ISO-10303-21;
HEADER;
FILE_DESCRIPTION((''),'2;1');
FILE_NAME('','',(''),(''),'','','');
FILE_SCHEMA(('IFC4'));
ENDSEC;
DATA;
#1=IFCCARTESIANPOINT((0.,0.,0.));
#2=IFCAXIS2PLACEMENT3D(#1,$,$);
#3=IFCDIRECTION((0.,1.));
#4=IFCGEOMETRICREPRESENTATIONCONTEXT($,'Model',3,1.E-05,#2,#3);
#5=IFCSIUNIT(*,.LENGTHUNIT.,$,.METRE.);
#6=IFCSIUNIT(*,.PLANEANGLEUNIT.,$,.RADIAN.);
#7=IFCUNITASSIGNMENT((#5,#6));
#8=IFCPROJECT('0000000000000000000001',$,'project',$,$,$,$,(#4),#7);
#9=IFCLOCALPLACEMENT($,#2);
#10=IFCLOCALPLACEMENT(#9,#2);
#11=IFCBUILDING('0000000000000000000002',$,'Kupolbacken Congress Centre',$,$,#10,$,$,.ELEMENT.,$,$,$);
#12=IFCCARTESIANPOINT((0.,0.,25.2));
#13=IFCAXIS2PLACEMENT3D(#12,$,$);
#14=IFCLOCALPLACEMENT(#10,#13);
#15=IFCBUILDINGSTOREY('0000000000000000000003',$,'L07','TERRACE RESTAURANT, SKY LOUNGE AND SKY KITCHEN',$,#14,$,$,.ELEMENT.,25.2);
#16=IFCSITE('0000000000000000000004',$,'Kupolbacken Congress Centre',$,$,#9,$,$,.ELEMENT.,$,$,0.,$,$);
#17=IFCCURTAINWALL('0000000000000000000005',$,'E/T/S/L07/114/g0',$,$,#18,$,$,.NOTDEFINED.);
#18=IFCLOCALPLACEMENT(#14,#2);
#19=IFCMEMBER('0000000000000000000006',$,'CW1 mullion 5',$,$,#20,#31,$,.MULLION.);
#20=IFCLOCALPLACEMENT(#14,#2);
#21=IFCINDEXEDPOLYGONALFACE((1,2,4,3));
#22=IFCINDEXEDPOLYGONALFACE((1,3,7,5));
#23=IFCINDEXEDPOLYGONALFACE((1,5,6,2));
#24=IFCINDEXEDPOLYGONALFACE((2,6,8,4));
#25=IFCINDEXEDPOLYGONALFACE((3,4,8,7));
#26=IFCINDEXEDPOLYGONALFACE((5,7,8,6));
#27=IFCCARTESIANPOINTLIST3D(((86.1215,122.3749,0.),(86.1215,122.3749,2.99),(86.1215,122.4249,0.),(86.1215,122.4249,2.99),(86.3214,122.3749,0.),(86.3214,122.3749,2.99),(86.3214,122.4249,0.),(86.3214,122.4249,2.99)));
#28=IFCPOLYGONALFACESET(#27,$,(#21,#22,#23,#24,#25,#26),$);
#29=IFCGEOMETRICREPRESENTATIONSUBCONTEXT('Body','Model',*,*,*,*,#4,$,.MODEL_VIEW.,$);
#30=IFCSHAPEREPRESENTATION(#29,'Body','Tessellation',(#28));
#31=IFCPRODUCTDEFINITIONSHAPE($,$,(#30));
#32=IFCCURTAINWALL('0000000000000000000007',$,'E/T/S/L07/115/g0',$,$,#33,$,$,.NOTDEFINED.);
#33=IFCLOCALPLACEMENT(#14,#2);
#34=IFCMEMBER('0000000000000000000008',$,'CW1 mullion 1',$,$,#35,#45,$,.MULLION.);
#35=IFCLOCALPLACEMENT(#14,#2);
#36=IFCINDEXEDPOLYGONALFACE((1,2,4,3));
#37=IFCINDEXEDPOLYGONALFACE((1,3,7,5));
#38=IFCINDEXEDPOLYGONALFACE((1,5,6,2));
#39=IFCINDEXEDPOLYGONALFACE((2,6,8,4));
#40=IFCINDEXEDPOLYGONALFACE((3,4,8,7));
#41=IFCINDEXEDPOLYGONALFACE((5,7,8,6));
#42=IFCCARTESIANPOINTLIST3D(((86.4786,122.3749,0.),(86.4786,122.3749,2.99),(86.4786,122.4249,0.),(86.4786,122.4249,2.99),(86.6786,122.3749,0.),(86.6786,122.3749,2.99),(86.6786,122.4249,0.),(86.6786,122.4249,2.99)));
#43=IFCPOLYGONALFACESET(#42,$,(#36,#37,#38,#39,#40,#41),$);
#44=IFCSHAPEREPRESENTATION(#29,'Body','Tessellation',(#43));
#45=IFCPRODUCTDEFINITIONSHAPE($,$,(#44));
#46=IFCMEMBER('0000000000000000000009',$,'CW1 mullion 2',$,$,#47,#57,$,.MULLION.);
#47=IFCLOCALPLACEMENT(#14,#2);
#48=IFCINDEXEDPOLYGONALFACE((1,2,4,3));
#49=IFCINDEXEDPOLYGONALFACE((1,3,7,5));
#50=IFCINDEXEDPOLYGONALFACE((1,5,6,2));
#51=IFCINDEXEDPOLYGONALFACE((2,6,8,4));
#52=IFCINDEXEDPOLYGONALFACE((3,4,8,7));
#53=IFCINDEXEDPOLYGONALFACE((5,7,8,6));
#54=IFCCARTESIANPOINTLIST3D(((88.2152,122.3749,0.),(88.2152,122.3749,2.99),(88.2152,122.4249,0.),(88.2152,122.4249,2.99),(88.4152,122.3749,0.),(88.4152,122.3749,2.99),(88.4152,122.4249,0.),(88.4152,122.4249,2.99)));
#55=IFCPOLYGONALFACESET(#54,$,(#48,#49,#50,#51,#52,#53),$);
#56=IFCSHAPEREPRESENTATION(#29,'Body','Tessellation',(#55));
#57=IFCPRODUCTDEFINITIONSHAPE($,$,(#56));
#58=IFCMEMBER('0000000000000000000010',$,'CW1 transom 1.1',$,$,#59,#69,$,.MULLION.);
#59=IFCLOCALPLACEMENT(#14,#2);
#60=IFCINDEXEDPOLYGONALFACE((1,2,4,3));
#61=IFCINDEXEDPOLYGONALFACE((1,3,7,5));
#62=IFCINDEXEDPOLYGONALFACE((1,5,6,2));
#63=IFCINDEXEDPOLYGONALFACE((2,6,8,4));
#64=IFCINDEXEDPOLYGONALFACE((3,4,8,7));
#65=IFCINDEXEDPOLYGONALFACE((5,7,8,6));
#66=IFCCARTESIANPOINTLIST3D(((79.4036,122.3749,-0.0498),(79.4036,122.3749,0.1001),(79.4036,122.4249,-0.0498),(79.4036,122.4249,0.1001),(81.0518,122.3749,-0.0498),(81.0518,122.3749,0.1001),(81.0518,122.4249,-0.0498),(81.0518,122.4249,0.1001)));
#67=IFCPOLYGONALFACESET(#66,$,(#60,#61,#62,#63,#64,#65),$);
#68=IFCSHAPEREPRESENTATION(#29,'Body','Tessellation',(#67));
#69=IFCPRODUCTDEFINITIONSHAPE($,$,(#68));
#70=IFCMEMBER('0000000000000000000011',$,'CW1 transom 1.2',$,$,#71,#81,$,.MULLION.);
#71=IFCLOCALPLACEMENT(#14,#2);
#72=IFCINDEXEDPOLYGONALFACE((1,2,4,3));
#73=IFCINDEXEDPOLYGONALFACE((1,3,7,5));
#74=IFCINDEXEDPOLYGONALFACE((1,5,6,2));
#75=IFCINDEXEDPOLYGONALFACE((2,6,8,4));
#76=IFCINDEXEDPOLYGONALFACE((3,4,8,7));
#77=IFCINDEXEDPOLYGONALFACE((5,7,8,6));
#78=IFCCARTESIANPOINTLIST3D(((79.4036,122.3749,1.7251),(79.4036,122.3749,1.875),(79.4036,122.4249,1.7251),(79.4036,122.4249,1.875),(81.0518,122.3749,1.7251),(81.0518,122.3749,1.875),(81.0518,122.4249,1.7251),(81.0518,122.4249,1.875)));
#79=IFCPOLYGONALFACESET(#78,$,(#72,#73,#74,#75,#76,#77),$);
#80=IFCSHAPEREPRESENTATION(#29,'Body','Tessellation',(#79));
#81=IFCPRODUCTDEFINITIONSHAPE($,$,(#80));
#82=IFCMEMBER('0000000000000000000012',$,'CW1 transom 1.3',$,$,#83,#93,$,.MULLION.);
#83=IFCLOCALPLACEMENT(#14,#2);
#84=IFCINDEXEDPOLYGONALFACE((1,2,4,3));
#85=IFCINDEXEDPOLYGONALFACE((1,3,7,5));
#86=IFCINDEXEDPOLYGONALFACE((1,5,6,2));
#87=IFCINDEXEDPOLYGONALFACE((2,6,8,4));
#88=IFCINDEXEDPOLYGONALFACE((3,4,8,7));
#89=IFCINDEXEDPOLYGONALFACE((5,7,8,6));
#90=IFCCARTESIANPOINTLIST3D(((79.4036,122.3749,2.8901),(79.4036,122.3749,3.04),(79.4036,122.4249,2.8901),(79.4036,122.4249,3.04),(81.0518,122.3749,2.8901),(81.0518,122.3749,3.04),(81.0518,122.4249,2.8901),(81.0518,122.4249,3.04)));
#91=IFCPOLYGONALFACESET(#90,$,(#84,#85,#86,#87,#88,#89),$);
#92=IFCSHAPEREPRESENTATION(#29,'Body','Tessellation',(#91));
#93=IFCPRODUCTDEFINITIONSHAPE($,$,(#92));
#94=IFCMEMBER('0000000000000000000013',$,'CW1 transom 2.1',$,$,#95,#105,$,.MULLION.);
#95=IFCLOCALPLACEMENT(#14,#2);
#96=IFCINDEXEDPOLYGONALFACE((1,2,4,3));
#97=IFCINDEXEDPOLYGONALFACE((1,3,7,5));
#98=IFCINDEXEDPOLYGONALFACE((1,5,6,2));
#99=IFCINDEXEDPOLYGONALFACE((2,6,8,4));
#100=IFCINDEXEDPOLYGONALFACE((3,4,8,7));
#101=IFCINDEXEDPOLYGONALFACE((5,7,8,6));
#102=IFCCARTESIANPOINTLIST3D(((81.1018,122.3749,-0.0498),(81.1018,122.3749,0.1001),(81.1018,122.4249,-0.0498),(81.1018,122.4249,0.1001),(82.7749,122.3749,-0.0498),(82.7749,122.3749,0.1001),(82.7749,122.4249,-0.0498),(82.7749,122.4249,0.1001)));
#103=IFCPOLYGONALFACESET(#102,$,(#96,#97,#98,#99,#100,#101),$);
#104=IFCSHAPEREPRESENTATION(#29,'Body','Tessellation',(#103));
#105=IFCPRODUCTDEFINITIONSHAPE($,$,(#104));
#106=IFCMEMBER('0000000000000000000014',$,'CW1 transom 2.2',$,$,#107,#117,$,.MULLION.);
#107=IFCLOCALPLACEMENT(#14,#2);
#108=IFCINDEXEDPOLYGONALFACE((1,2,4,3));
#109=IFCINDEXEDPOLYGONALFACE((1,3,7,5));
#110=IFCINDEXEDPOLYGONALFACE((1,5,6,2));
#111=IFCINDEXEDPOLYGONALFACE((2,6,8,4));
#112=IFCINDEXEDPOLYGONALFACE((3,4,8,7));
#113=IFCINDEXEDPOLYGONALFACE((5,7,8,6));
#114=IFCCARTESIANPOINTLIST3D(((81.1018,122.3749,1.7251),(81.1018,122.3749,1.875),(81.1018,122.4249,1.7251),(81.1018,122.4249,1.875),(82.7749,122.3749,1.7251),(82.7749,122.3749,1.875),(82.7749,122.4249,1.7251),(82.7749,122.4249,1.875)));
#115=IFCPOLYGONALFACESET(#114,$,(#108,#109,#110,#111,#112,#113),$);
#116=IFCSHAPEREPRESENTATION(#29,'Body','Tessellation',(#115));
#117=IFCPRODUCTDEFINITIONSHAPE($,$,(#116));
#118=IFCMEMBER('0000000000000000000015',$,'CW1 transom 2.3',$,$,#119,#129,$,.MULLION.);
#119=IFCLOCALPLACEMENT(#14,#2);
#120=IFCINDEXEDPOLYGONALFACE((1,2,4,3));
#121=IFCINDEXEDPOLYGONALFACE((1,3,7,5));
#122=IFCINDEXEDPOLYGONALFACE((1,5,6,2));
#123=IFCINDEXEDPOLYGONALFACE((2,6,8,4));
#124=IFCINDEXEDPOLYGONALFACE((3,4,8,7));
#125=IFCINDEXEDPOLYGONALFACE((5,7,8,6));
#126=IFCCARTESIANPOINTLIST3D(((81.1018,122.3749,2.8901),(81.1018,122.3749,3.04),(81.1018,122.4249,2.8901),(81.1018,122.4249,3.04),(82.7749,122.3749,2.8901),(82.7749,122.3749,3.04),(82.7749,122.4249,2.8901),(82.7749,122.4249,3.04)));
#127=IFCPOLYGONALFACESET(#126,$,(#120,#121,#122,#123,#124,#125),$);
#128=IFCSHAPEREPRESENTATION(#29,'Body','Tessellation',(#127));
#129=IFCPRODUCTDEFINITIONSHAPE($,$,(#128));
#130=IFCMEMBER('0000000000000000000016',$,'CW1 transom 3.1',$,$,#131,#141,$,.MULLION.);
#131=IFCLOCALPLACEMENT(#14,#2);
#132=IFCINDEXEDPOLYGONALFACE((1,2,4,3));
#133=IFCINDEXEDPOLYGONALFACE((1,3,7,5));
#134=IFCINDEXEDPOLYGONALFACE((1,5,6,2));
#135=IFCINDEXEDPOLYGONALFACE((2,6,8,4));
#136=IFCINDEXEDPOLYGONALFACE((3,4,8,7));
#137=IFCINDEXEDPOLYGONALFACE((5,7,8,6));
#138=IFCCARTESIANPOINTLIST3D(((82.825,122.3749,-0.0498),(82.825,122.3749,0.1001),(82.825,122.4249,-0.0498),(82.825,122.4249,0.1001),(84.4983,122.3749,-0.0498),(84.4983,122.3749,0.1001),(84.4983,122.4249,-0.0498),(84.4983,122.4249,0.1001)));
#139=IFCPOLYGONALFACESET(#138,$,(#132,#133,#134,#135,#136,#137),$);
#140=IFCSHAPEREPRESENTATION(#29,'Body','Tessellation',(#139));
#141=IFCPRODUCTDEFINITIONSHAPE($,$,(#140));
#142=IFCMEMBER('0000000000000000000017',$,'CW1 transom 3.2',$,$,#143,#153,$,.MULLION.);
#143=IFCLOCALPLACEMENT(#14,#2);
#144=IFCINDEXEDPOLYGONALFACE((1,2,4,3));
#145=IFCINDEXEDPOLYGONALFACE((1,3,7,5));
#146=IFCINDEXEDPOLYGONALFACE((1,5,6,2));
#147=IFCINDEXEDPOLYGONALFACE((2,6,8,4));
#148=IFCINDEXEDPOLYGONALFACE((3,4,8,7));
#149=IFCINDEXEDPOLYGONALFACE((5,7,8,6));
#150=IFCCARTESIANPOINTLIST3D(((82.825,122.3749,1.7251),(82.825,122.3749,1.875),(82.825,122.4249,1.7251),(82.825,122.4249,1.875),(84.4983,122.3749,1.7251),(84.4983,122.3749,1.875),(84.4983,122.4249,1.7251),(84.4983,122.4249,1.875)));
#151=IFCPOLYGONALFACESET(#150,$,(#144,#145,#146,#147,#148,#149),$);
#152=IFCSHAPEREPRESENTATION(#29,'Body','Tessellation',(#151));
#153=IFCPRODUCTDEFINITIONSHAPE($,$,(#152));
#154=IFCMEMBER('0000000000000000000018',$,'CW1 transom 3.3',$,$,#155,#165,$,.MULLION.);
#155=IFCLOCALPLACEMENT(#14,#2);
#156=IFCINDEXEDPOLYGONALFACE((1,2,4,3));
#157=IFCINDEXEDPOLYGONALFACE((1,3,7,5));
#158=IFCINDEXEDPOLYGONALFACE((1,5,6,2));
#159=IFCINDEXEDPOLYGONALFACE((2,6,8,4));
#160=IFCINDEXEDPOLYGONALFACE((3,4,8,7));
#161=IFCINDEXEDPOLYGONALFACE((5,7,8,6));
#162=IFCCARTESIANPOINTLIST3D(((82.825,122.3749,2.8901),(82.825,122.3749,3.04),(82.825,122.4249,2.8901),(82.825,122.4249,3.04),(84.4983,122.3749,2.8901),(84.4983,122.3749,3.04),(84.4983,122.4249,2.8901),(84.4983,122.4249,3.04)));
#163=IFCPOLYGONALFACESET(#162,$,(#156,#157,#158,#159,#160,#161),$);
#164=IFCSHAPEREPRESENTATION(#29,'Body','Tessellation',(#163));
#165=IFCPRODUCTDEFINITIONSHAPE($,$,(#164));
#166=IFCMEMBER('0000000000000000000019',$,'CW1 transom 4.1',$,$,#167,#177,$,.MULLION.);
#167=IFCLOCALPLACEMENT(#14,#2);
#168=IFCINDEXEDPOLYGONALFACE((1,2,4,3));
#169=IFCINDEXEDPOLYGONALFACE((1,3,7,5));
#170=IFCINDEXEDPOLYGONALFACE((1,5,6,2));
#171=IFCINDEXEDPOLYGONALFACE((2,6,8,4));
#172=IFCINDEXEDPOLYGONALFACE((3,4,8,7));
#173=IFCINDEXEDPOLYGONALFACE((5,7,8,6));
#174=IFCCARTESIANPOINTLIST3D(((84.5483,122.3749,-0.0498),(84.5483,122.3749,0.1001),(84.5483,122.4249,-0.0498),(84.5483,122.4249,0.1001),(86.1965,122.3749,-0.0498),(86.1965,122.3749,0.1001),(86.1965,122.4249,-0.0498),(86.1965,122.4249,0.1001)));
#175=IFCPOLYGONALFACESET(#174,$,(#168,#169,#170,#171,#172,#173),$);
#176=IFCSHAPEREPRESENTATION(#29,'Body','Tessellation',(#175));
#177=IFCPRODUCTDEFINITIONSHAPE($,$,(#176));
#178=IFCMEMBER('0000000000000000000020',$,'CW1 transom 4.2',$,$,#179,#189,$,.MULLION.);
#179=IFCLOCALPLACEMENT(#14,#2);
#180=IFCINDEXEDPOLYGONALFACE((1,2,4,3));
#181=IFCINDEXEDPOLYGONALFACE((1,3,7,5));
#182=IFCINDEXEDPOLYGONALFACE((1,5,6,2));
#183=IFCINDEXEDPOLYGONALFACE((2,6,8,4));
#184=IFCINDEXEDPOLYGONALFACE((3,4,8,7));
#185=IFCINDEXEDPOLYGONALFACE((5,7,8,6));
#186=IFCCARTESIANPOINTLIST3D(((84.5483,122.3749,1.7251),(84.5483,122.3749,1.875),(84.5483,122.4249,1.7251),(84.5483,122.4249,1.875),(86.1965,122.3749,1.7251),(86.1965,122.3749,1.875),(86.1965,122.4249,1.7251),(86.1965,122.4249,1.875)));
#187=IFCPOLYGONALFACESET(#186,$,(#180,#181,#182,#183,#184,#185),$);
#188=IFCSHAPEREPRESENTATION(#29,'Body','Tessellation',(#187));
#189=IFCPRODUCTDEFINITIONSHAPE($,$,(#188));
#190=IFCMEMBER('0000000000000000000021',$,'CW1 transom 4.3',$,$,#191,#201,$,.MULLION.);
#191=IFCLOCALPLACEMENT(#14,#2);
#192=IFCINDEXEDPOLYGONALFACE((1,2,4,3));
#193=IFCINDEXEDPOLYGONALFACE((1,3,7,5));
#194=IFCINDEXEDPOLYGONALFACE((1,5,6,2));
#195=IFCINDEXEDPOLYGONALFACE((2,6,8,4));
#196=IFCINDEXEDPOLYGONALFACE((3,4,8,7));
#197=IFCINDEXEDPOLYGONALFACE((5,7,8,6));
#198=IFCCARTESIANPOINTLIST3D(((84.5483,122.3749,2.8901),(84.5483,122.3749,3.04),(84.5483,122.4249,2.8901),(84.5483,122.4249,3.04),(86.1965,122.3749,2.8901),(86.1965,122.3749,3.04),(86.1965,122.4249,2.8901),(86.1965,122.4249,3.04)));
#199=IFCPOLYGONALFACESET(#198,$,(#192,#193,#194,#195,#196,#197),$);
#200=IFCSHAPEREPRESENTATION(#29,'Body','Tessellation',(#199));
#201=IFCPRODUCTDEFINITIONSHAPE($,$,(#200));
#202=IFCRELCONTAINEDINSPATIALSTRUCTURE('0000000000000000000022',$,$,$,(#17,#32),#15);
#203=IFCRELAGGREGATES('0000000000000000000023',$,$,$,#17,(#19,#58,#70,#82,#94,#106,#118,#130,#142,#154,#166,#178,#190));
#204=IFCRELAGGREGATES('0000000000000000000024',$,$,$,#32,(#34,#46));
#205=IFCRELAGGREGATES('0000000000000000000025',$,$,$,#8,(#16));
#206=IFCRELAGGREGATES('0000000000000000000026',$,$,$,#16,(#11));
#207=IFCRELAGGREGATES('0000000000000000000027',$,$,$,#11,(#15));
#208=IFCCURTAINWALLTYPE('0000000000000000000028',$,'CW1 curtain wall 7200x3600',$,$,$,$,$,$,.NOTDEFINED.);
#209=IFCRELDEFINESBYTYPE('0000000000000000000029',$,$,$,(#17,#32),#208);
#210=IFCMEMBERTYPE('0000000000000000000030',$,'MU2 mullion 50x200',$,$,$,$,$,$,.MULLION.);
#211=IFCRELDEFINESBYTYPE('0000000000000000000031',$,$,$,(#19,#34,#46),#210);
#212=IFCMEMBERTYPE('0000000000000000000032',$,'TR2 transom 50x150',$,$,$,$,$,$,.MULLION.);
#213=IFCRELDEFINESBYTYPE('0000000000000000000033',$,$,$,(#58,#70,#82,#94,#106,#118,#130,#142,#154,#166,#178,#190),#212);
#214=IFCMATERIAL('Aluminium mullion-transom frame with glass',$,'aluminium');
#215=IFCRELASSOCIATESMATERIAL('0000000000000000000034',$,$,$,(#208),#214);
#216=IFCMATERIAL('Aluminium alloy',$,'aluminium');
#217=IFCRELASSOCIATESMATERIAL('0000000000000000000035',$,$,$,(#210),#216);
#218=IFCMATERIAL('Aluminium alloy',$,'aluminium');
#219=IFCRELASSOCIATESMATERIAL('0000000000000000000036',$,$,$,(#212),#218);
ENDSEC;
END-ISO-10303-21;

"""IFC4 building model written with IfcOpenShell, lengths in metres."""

from ifc_helpers import new_model, si_unit, direction, frame, origin, origin_2d, place, context, subcontext, project, spatial, rectangle, extrude, material, material_profile, profile_set, type_object, element, aggregate, save


model = new_model("IFC4")

# Units and contexts
model_context = context("Model", 3, precision=1e-05, world=origin(), true_north=direction((0.0, 1.0)))
body_context = subcontext(model_context, "Body", "Model", "MODEL_VIEW")
ifc_project = project(units=[si_unit("LENGTHUNIT", "METRE"), si_unit("PLANEANGLEUNIT", "RADIAN")], contexts=[model_context])

# Site, building, storey
site_placement = place(None, origin())
site = spatial("IfcSite", under=ifc_project, at=site_placement, Name="Kupolbacken Congress Centre", CompositionType="ELEMENT", RefElevation=0.0)
building_placement = place(site_placement, origin())
building = spatial("IfcBuilding", under=site, at=building_placement, Name="Kupolbacken Congress Centre", CompositionType="ELEMENT")
storey_placement = place(building_placement, frame((0.0, 0.0, 25.2)))
storey = spatial("IfcBuildingStorey", under=building, at=storey_placement, Name="L07", Description="TERRACE RESTAURANT, SKY LOUNGE AND SKY KITCHEN", CompositionType="ELEMENT", Elevation=25.2)

# Curtain walls, members
ifc_material_1 = material(Name="Aluminium mullion-transom frame with glass", Category="aluminium")
curtain_wall_type = type_object("IfcCurtainWallType", Name="CW1 curtain wall 7200x3600", PredefinedType="NOTDEFINED", material=ifc_material_1)
curtain_wall_1_placement = place(storey_placement, origin())
curtain_wall_1 = element("IfcCurtainWall", 1, at=curtain_wall_1_placement, inside=storey, type_object=curtain_wall_type, Name="E/T/S/L07/114/g0", PredefinedType="NOTDEFINED")
ifc_material_2 = material(Name="Aluminium alloy", Category="aluminium")
ifc_material_profile_1 = material_profile(ifc_material_2, rectangle(XDim=0.05, YDim=0.2, at=origin_2d()), Name="50 x 200")
ifc_profile_set_1 = profile_set([ifc_material_profile_1], Name="Aluminium alloy")
member_type_1 = type_object("IfcMemberType", Name="MU2 mullion 50x200", PredefinedType="MULLION", material=ifc_profile_set_1)
member_1_placement = place(storey_placement, frame((86.2214, 122.3999, 0.0), z_axis=(0.0, 0.0, 1.0), x_axis=(0.0, 1.0, 0.0)))
member_1 = element("IfcMember", 2, at=member_1_placement, type_object=member_type_1, Name="CW1 mullion 5", PredefinedType="MULLION", context=body_context, shape_type="SweptSolid", body=[
    extrude(rectangle(XDim=0.05, YDim=0.2, at=origin_2d()), origin(), (0.0, 0.0, 1.0), 2.99),
])
curtain_wall_2_placement = place(storey_placement, origin())
curtain_wall_2 = element("IfcCurtainWall", 3, at=curtain_wall_2_placement, inside=storey, type_object=curtain_wall_type, Name="E/T/S/L07/115/g0", PredefinedType="NOTDEFINED")
member_2_placement = place(storey_placement, frame((86.5786, 122.3999, 0.0), z_axis=(0.0, 0.0, 1.0), x_axis=(0.0, 1.0, 0.0)))
member_2 = element("IfcMember", 4, at=member_2_placement, type_object=member_type_1, Name="CW1 mullion 1", PredefinedType="MULLION", context=body_context, shape_type="SweptSolid", body=[
    extrude(rectangle(XDim=0.05, YDim=0.2, at=origin_2d()), origin(), (0.0, 0.0, 1.0), 2.99),
])
member_3_placement = place(storey_placement, frame((88.3152, 122.3999, 0.0), z_axis=(0.0, 0.0, 1.0), x_axis=(0.0, 1.0, 0.0)))
member_3 = element("IfcMember", 5, at=member_3_placement, type_object=member_type_1, Name="CW1 mullion 2", PredefinedType="MULLION", context=body_context, shape_type="SweptSolid", body=[
    extrude(rectangle(XDim=0.05, YDim=0.2, at=origin_2d()), origin(), (0.0, 0.0, 1.0), 2.99),
])

# Members
ifc_material_3 = material(Name="Aluminium alloy", Category="aluminium")
ifc_material_profile_2 = material_profile(ifc_material_3, rectangle(XDim=0.05, YDim=0.1499, at=origin_2d()), Name="50 x 150")
ifc_profile_set_2 = profile_set([ifc_material_profile_2], Name="Aluminium alloy")
member_type_2 = type_object("IfcMemberType", Name="TR2 transom 50x150", PredefinedType="MULLION", material=ifc_profile_set_2)
member_4_placement = place(storey_placement, frame((79.4036, 122.3999, 0.0251), z_axis=(1.0, 0.0, 0.0), x_axis=(0.0, 1.0, 0.0)))
member_4 = element("IfcMember", 6, at=member_4_placement, type_object=member_type_2, Name="CW1 transom 1.1", PredefinedType="MULLION", context=body_context, shape_type="SweptSolid", body=[
    extrude(rectangle(XDim=0.05, YDim=0.1499, at=origin_2d()), origin(), (0.0, 0.0, 1.0), 1.6482),
])
member_5_placement = place(storey_placement, frame((79.4036, 122.3999, 1.8), z_axis=(1.0, 0.0, 0.0), x_axis=(0.0, 1.0, 0.0)))
member_5 = element("IfcMember", 7, at=member_5_placement, type_object=member_type_2, Name="CW1 transom 1.2", PredefinedType="MULLION", context=body_context, shape_type="SweptSolid", body=[
    extrude(rectangle(XDim=0.05, YDim=0.1499, at=origin_2d()), origin(), (0.0, 0.0, 1.0), 1.6482),
])
member_6_placement = place(storey_placement, frame((79.4036, 122.3999, 2.9651), z_axis=(1.0, 0.0, 0.0), x_axis=(0.0, 1.0, 0.0)))
member_6 = element("IfcMember", 8, at=member_6_placement, type_object=member_type_2, Name="CW1 transom 1.3", PredefinedType="MULLION", context=body_context, shape_type="SweptSolid", body=[
    extrude(rectangle(XDim=0.05, YDim=0.1499, at=origin_2d()), origin(), (0.0, 0.0, 1.0), 1.6482),
])
member_7_placement = place(storey_placement, frame((81.1018, 122.3999, 0.0251), z_axis=(1.0, 0.0, 0.0), x_axis=(0.0, 1.0, 0.0)))
member_7 = element("IfcMember", 9, at=member_7_placement, type_object=member_type_2, Name="CW1 transom 2.1", PredefinedType="MULLION", context=body_context, shape_type="SweptSolid", body=[
    extrude(rectangle(XDim=0.05, YDim=0.1499, at=origin_2d()), origin(), (0.0, 0.0, 1.0), 1.6731),
])
member_8_placement = place(storey_placement, frame((81.1018, 122.3999, 1.8), z_axis=(1.0, 0.0, 0.0), x_axis=(0.0, 1.0, 0.0)))
member_8 = element("IfcMember", 10, at=member_8_placement, type_object=member_type_2, Name="CW1 transom 2.2", PredefinedType="MULLION", context=body_context, shape_type="SweptSolid", body=[
    extrude(rectangle(XDim=0.05, YDim=0.1499, at=origin_2d()), origin(), (0.0, 0.0, 1.0), 1.6731),
])
member_9_placement = place(storey_placement, frame((81.1018, 122.3999, 2.9651), z_axis=(1.0, 0.0, 0.0), x_axis=(0.0, 1.0, 0.0)))
member_9 = element("IfcMember", 11, at=member_9_placement, type_object=member_type_2, Name="CW1 transom 2.3", PredefinedType="MULLION", context=body_context, shape_type="SweptSolid", body=[
    extrude(rectangle(XDim=0.05, YDim=0.1499, at=origin_2d()), origin(), (0.0, 0.0, 1.0), 1.6731),
])
member_10_placement = place(storey_placement, frame((82.825, 122.3999, 0.0251), z_axis=(1.0, 0.0, 0.0), x_axis=(0.0, 1.0, 0.0)))
member_10 = element("IfcMember", 12, at=member_10_placement, type_object=member_type_2, Name="CW1 transom 3.1", PredefinedType="MULLION", context=body_context, shape_type="SweptSolid", body=[
    extrude(rectangle(XDim=0.05, YDim=0.1499, at=origin_2d()), origin(), (0.0, 0.0, 1.0), 1.6733),
])
member_11_placement = place(storey_placement, frame((82.825, 122.3999, 1.8), z_axis=(1.0, 0.0, 0.0), x_axis=(0.0, 1.0, 0.0)))
member_11 = element("IfcMember", 13, at=member_11_placement, type_object=member_type_2, Name="CW1 transom 3.2", PredefinedType="MULLION", context=body_context, shape_type="SweptSolid", body=[
    extrude(rectangle(XDim=0.05, YDim=0.1499, at=origin_2d()), origin(), (0.0, 0.0, 1.0), 1.6733),
])
member_12_placement = place(storey_placement, frame((82.825, 122.3999, 2.9651), z_axis=(1.0, 0.0, 0.0), x_axis=(0.0, 1.0, 0.0)))
member_12 = element("IfcMember", 14, at=member_12_placement, type_object=member_type_2, Name="CW1 transom 3.3", PredefinedType="MULLION", context=body_context, shape_type="SweptSolid", body=[
    extrude(rectangle(XDim=0.05, YDim=0.1499, at=origin_2d()), origin(), (0.0, 0.0, 1.0), 1.6733),
])
member_13_placement = place(storey_placement, frame((84.5483, 122.3999, 0.0251), z_axis=(1.0, 0.0, 0.0), x_axis=(0.0, 1.0, 0.0)))
member_13 = element("IfcMember", 15, at=member_13_placement, type_object=member_type_2, Name="CW1 transom 4.1", PredefinedType="MULLION", context=body_context, shape_type="SweptSolid", body=[
    extrude(rectangle(XDim=0.05, YDim=0.1499, at=origin_2d()), origin(), (0.0, 0.0, 1.0), 1.6482),
])
member_14_placement = place(storey_placement, frame((84.5483, 122.3999, 1.8), z_axis=(1.0, 0.0, 0.0), x_axis=(0.0, 1.0, 0.0)))
member_14 = element("IfcMember", 16, at=member_14_placement, type_object=member_type_2, Name="CW1 transom 4.2", PredefinedType="MULLION", context=body_context, shape_type="SweptSolid", body=[
    extrude(rectangle(XDim=0.05, YDim=0.1499, at=origin_2d()), origin(), (0.0, 0.0, 1.0), 1.6482),
])
member_15_placement = place(storey_placement, frame((84.5483, 122.3999, 2.9651), z_axis=(1.0, 0.0, 0.0), x_axis=(0.0, 1.0, 0.0)))
member_15 = element("IfcMember", 17, at=member_15_placement, type_object=member_type_2, Name="CW1 transom 4.3", PredefinedType="MULLION", context=body_context, shape_type="SweptSolid", body=[
    extrude(rectangle(XDim=0.05, YDim=0.1499, at=origin_2d()), origin(), (0.0, 0.0, 1.0), 1.6482),
])

aggregate(curtain_wall_1, [member_1, member_4, member_5, member_6, member_7, member_8, member_9, member_10, member_11, member_12, member_13, member_14, member_15])
aggregate(curtain_wall_2, [member_2, member_3])

save(model, "model.ifc")
